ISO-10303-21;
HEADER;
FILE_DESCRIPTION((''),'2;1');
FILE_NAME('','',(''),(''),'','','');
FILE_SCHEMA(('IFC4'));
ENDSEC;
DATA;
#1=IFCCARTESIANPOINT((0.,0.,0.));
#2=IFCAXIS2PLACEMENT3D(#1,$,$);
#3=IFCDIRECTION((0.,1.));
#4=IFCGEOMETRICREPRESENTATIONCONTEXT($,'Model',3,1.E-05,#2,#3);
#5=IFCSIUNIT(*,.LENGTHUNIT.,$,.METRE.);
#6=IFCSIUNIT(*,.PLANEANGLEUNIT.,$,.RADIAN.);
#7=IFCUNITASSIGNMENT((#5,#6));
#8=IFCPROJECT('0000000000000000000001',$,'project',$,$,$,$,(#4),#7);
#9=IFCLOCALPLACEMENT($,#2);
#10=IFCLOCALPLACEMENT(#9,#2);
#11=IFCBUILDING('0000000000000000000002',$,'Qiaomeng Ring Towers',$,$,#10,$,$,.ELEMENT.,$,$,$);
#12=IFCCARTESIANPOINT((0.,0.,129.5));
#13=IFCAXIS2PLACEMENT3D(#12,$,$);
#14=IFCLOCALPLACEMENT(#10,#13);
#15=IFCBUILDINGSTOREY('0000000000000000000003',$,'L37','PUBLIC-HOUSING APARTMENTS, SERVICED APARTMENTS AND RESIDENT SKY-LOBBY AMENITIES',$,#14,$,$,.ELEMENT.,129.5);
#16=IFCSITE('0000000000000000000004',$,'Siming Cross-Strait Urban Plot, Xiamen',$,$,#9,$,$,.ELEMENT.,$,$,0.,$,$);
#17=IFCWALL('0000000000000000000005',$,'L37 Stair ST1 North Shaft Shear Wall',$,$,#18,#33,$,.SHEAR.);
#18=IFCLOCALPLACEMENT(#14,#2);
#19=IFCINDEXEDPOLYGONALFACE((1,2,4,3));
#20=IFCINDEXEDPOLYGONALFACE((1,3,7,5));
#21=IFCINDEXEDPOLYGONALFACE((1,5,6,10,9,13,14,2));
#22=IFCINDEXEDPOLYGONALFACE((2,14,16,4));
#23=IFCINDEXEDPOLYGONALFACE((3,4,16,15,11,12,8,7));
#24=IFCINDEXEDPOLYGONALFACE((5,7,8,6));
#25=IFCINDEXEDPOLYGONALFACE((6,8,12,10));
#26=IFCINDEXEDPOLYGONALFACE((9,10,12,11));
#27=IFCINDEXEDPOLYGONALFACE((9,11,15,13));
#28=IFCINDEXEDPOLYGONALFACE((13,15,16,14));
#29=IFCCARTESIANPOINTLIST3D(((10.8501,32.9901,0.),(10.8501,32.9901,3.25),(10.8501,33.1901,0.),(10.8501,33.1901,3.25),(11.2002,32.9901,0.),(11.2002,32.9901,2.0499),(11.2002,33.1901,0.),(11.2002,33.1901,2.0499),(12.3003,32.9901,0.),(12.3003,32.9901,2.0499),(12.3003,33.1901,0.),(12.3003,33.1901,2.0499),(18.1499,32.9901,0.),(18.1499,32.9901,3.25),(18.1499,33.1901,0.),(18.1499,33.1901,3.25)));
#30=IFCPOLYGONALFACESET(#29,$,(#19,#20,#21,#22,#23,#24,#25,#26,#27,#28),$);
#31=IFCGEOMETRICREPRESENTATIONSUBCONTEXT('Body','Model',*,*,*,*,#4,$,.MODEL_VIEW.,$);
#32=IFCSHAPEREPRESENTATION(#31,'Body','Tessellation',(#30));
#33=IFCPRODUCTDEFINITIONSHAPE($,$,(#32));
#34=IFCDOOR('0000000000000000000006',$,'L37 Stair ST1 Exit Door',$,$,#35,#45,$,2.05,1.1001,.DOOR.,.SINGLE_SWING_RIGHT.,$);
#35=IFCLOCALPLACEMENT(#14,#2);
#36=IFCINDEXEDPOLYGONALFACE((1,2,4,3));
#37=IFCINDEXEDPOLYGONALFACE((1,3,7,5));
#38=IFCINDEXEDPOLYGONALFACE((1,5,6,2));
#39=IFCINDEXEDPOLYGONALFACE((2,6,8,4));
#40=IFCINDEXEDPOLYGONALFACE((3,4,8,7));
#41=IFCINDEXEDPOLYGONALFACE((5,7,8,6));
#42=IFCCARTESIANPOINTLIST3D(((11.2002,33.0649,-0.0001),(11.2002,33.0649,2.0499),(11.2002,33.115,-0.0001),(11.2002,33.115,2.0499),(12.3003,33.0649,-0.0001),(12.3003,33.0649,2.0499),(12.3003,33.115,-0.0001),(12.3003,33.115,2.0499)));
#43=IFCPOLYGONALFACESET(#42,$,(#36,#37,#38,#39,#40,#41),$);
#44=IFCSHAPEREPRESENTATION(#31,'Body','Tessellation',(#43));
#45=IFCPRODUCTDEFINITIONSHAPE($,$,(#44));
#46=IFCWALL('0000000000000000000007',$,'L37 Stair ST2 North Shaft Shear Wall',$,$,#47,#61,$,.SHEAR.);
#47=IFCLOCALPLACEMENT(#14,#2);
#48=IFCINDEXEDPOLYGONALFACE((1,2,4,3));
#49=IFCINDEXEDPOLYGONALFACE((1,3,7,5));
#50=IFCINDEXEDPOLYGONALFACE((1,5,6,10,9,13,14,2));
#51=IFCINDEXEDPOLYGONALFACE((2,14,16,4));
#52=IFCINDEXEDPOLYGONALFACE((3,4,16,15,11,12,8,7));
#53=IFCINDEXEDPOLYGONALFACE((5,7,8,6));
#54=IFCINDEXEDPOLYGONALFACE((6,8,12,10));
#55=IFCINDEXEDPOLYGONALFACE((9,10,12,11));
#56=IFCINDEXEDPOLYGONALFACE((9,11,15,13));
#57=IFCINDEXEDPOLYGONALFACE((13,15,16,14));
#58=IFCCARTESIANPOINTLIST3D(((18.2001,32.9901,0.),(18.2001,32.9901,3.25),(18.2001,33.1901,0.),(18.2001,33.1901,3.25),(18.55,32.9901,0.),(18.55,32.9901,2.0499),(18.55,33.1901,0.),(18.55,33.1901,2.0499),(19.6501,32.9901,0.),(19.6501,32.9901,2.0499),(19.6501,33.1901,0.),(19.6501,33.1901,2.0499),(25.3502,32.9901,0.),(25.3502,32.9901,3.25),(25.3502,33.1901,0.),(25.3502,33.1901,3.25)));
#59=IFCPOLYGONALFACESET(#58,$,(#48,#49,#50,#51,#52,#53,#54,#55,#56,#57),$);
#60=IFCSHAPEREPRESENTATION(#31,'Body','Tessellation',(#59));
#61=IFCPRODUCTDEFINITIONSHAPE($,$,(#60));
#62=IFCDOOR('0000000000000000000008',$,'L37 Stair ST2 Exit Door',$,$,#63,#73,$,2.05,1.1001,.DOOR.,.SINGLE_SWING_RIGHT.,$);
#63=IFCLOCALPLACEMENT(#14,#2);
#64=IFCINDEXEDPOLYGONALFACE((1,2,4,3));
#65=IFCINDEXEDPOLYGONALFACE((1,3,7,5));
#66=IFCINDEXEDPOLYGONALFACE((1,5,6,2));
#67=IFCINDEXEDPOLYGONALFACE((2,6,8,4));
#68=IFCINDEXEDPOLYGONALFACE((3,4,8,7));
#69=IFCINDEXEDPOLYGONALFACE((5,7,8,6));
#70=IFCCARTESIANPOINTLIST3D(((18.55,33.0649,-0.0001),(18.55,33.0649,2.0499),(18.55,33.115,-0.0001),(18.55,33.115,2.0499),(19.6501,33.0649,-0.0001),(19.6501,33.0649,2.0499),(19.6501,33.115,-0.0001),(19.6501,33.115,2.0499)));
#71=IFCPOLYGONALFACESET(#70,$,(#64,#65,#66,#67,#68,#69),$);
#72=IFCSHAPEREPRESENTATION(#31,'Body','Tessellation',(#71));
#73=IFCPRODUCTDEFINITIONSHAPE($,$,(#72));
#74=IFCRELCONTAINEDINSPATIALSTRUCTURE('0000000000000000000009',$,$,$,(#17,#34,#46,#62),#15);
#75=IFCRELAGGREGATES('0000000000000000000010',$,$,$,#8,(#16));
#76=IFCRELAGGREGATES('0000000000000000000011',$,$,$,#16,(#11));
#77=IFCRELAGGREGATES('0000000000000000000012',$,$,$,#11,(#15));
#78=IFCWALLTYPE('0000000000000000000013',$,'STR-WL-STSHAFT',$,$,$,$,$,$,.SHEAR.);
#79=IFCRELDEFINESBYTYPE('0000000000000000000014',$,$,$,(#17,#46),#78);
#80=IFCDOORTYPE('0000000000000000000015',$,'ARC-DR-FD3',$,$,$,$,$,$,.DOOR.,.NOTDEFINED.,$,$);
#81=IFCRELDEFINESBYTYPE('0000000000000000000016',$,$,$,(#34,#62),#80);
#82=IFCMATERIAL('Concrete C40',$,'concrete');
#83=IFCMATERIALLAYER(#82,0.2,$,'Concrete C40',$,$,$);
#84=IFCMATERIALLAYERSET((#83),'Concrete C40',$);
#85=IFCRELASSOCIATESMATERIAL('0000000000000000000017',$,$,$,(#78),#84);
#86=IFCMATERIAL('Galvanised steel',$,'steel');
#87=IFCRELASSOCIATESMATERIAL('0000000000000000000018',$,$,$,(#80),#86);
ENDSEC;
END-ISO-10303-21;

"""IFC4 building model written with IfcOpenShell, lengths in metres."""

from ifc_helpers import new_model, si_unit, direction, frame, frame_2d, origin, place, context, subcontext, project, spatial, rectangle, extrude, source, transform, mapped, material, layer, layer_set, type_object, element, fill, save


model = new_model("IFC4")

# Units and contexts
model_context = context("Model", 3, precision=1e-05, world=origin(), true_north=direction((0.0, 1.0)))
body_context = subcontext(model_context, "Body", "Model", "MODEL_VIEW")
ifc_project = project(units=[si_unit("LENGTHUNIT", "METRE"), si_unit("PLANEANGLEUNIT", "RADIAN")], contexts=[model_context])

# Site, building, storey
site_placement = place(None, origin())
site = spatial("IfcSite", under=ifc_project, at=site_placement, Name="Siming Cross-Strait Urban Plot, Xiamen", CompositionType="ELEMENT", RefElevation=0.0)
building_placement = place(site_placement, origin())
building = spatial("IfcBuilding", under=site, at=building_placement, Name="Qiaomeng Ring Towers", CompositionType="ELEMENT")
storey_placement = place(building_placement, frame((0.0, 0.0, 129.5)))
storey = spatial("IfcBuildingStorey", under=building, at=storey_placement, Name="L37", Description="PUBLIC-HOUSING APARTMENTS, SERVICED APARTMENTS AND RESIDENT SKY-LOBBY AMENITIES", CompositionType="ELEMENT", Elevation=129.5)

# Shared definitions
ifc_material_1 = material(Name="Concrete C40", Category="concrete")
ifc_layer_1 = layer(ifc_material_1, 0.2, Name="Concrete C40")
ifc_layer_set_1 = layer_set([ifc_layer_1], Name="Concrete C40")
wall_type_1 = type_object("IfcWallType", Name="STR-WL-STSHAFT", PredefinedType="SHEAR", material=ifc_layer_set_1)

# Walls, openings, doors
wall_1_placement = place(storey_placement, frame((10.8501, 33.0901, 0.0), z_axis=(0.0, 0.0, 1.0), x_axis=(1.0, 0.0, 0.0)))
wall_1 = element("IfcWall", 1, at=wall_1_placement, inside=storey, type_object=wall_type_1, Name="L37 Stair ST1 North Shaft Shear Wall", PredefinedType="SHEAR", context=body_context, shape_type="SweptSolid", body=[
    extrude(rectangle(XDim=7.2998, YDim=0.2, at=frame_2d((3.6499, 0.0))), origin(), (0.0, 0.0, 1.0), 3.25),
])
opening_1_placement = place(wall_1_placement, frame((0.3501, 0.0, 0.0)))
opening_1 = element("IfcOpeningElement", 2, at=opening_1_placement, cuts=wall_1, PredefinedType="OPENING", context=body_context, shape_type="SweptSolid", body=[
    extrude(rectangle(XDim=1.1001, YDim=2.05, at=frame_2d((0.55, 1.0249))), frame((0.0, 0.1099, 0.0), z_axis=(0.0, -1.0, 0.0), x_axis=(1.0, 0.0, 0.0)), (0.0, 0.0, 1.0), 0.22),
])
ifc_material_2 = material(Name="Galvanised steel", Category="steel")
door_type_1 = type_object("IfcDoorType", Name="ARC-DR-FD3", OperationType="NOTDEFINED", PredefinedType="DOOR", material=ifc_material_2)
shared_shape_1 = source(origin(), body_context, "Body", "SweptSolid", [
    extrude(rectangle(XDim=1.1001, YDim=2.05, at=frame_2d((0.55, 1.0249))), frame((0.0, 0.0249, 0.0), z_axis=(0.0, -1.0, 0.0), x_axis=(1.0, 0.0, 0.0)), (0.0, 0.0, 1.0), 0.05),
])
door_1_placement = place(opening_1_placement, origin())
door_1 = element("IfcDoor", 3, at=door_1_placement, inside=storey, type_object=door_type_1, Name="L37 Stair ST1 Exit Door", OperationType="SINGLE_SWING_RIGHT", OverallHeight=2.05, OverallWidth=1.1001, PredefinedType="DOOR", context=body_context, shape_type="MappedRepresentation", body=[
    mapped(shared_shape_1, transform((0.0, 0.0, 0.0), x_axis=(1.0, 0.0, 0.0), y_axis=(0.0, 1.0, 0.0), z_axis=(0.0, 0.0, 1.0), scale=1.0)),
])
fill(opening_1, door_1)
wall_2_placement = place(storey_placement, frame((18.2, 33.0901, 0.0), z_axis=(0.0, 0.0, 1.0), x_axis=(1.0, 0.0, 0.0)))
wall_2 = element("IfcWall", 4, at=wall_2_placement, inside=storey, type_object=wall_type_1, Name="L37 Stair ST2 North Shaft Shear Wall", PredefinedType="SHEAR", context=body_context, shape_type="SweptSolid", body=[
    extrude(rectangle(XDim=7.1501, YDim=0.2, at=frame_2d((3.5752, 0.0))), origin(), (0.0, 0.0, 1.0), 3.25),
])
opening_2_placement = place(wall_2_placement, frame((0.3501, 0.0, 0.0)))
opening_2 = element("IfcOpeningElement", 5, at=opening_2_placement, cuts=wall_2, PredefinedType="OPENING", context=body_context, shape_type="SweptSolid", body=[
    extrude(rectangle(XDim=1.1001, YDim=2.05, at=frame_2d((0.55, 1.0249))), frame((0.0, 0.1099, 0.0), z_axis=(0.0, -1.0, 0.0), x_axis=(1.0, 0.0, 0.0)), (0.0, 0.0, 1.0), 0.22),
])
door_2_placement = place(opening_2_placement, origin())
door_2 = element("IfcDoor", 6, at=door_2_placement, inside=storey, type_object=door_type_1, Name="L37 Stair ST2 Exit Door", OperationType="SINGLE_SWING_RIGHT", OverallHeight=2.05, OverallWidth=1.1001, PredefinedType="DOOR", context=body_context, shape_type="MappedRepresentation", body=[
    mapped(shared_shape_1, transform((0.0, 0.0, 0.0), x_axis=(1.0, 0.0, 0.0), y_axis=(0.0, 1.0, 0.0), z_axis=(0.0, 0.0, 1.0), scale=1.0)),
])
fill(opening_2, door_2)

save(model, "model.ifc")
